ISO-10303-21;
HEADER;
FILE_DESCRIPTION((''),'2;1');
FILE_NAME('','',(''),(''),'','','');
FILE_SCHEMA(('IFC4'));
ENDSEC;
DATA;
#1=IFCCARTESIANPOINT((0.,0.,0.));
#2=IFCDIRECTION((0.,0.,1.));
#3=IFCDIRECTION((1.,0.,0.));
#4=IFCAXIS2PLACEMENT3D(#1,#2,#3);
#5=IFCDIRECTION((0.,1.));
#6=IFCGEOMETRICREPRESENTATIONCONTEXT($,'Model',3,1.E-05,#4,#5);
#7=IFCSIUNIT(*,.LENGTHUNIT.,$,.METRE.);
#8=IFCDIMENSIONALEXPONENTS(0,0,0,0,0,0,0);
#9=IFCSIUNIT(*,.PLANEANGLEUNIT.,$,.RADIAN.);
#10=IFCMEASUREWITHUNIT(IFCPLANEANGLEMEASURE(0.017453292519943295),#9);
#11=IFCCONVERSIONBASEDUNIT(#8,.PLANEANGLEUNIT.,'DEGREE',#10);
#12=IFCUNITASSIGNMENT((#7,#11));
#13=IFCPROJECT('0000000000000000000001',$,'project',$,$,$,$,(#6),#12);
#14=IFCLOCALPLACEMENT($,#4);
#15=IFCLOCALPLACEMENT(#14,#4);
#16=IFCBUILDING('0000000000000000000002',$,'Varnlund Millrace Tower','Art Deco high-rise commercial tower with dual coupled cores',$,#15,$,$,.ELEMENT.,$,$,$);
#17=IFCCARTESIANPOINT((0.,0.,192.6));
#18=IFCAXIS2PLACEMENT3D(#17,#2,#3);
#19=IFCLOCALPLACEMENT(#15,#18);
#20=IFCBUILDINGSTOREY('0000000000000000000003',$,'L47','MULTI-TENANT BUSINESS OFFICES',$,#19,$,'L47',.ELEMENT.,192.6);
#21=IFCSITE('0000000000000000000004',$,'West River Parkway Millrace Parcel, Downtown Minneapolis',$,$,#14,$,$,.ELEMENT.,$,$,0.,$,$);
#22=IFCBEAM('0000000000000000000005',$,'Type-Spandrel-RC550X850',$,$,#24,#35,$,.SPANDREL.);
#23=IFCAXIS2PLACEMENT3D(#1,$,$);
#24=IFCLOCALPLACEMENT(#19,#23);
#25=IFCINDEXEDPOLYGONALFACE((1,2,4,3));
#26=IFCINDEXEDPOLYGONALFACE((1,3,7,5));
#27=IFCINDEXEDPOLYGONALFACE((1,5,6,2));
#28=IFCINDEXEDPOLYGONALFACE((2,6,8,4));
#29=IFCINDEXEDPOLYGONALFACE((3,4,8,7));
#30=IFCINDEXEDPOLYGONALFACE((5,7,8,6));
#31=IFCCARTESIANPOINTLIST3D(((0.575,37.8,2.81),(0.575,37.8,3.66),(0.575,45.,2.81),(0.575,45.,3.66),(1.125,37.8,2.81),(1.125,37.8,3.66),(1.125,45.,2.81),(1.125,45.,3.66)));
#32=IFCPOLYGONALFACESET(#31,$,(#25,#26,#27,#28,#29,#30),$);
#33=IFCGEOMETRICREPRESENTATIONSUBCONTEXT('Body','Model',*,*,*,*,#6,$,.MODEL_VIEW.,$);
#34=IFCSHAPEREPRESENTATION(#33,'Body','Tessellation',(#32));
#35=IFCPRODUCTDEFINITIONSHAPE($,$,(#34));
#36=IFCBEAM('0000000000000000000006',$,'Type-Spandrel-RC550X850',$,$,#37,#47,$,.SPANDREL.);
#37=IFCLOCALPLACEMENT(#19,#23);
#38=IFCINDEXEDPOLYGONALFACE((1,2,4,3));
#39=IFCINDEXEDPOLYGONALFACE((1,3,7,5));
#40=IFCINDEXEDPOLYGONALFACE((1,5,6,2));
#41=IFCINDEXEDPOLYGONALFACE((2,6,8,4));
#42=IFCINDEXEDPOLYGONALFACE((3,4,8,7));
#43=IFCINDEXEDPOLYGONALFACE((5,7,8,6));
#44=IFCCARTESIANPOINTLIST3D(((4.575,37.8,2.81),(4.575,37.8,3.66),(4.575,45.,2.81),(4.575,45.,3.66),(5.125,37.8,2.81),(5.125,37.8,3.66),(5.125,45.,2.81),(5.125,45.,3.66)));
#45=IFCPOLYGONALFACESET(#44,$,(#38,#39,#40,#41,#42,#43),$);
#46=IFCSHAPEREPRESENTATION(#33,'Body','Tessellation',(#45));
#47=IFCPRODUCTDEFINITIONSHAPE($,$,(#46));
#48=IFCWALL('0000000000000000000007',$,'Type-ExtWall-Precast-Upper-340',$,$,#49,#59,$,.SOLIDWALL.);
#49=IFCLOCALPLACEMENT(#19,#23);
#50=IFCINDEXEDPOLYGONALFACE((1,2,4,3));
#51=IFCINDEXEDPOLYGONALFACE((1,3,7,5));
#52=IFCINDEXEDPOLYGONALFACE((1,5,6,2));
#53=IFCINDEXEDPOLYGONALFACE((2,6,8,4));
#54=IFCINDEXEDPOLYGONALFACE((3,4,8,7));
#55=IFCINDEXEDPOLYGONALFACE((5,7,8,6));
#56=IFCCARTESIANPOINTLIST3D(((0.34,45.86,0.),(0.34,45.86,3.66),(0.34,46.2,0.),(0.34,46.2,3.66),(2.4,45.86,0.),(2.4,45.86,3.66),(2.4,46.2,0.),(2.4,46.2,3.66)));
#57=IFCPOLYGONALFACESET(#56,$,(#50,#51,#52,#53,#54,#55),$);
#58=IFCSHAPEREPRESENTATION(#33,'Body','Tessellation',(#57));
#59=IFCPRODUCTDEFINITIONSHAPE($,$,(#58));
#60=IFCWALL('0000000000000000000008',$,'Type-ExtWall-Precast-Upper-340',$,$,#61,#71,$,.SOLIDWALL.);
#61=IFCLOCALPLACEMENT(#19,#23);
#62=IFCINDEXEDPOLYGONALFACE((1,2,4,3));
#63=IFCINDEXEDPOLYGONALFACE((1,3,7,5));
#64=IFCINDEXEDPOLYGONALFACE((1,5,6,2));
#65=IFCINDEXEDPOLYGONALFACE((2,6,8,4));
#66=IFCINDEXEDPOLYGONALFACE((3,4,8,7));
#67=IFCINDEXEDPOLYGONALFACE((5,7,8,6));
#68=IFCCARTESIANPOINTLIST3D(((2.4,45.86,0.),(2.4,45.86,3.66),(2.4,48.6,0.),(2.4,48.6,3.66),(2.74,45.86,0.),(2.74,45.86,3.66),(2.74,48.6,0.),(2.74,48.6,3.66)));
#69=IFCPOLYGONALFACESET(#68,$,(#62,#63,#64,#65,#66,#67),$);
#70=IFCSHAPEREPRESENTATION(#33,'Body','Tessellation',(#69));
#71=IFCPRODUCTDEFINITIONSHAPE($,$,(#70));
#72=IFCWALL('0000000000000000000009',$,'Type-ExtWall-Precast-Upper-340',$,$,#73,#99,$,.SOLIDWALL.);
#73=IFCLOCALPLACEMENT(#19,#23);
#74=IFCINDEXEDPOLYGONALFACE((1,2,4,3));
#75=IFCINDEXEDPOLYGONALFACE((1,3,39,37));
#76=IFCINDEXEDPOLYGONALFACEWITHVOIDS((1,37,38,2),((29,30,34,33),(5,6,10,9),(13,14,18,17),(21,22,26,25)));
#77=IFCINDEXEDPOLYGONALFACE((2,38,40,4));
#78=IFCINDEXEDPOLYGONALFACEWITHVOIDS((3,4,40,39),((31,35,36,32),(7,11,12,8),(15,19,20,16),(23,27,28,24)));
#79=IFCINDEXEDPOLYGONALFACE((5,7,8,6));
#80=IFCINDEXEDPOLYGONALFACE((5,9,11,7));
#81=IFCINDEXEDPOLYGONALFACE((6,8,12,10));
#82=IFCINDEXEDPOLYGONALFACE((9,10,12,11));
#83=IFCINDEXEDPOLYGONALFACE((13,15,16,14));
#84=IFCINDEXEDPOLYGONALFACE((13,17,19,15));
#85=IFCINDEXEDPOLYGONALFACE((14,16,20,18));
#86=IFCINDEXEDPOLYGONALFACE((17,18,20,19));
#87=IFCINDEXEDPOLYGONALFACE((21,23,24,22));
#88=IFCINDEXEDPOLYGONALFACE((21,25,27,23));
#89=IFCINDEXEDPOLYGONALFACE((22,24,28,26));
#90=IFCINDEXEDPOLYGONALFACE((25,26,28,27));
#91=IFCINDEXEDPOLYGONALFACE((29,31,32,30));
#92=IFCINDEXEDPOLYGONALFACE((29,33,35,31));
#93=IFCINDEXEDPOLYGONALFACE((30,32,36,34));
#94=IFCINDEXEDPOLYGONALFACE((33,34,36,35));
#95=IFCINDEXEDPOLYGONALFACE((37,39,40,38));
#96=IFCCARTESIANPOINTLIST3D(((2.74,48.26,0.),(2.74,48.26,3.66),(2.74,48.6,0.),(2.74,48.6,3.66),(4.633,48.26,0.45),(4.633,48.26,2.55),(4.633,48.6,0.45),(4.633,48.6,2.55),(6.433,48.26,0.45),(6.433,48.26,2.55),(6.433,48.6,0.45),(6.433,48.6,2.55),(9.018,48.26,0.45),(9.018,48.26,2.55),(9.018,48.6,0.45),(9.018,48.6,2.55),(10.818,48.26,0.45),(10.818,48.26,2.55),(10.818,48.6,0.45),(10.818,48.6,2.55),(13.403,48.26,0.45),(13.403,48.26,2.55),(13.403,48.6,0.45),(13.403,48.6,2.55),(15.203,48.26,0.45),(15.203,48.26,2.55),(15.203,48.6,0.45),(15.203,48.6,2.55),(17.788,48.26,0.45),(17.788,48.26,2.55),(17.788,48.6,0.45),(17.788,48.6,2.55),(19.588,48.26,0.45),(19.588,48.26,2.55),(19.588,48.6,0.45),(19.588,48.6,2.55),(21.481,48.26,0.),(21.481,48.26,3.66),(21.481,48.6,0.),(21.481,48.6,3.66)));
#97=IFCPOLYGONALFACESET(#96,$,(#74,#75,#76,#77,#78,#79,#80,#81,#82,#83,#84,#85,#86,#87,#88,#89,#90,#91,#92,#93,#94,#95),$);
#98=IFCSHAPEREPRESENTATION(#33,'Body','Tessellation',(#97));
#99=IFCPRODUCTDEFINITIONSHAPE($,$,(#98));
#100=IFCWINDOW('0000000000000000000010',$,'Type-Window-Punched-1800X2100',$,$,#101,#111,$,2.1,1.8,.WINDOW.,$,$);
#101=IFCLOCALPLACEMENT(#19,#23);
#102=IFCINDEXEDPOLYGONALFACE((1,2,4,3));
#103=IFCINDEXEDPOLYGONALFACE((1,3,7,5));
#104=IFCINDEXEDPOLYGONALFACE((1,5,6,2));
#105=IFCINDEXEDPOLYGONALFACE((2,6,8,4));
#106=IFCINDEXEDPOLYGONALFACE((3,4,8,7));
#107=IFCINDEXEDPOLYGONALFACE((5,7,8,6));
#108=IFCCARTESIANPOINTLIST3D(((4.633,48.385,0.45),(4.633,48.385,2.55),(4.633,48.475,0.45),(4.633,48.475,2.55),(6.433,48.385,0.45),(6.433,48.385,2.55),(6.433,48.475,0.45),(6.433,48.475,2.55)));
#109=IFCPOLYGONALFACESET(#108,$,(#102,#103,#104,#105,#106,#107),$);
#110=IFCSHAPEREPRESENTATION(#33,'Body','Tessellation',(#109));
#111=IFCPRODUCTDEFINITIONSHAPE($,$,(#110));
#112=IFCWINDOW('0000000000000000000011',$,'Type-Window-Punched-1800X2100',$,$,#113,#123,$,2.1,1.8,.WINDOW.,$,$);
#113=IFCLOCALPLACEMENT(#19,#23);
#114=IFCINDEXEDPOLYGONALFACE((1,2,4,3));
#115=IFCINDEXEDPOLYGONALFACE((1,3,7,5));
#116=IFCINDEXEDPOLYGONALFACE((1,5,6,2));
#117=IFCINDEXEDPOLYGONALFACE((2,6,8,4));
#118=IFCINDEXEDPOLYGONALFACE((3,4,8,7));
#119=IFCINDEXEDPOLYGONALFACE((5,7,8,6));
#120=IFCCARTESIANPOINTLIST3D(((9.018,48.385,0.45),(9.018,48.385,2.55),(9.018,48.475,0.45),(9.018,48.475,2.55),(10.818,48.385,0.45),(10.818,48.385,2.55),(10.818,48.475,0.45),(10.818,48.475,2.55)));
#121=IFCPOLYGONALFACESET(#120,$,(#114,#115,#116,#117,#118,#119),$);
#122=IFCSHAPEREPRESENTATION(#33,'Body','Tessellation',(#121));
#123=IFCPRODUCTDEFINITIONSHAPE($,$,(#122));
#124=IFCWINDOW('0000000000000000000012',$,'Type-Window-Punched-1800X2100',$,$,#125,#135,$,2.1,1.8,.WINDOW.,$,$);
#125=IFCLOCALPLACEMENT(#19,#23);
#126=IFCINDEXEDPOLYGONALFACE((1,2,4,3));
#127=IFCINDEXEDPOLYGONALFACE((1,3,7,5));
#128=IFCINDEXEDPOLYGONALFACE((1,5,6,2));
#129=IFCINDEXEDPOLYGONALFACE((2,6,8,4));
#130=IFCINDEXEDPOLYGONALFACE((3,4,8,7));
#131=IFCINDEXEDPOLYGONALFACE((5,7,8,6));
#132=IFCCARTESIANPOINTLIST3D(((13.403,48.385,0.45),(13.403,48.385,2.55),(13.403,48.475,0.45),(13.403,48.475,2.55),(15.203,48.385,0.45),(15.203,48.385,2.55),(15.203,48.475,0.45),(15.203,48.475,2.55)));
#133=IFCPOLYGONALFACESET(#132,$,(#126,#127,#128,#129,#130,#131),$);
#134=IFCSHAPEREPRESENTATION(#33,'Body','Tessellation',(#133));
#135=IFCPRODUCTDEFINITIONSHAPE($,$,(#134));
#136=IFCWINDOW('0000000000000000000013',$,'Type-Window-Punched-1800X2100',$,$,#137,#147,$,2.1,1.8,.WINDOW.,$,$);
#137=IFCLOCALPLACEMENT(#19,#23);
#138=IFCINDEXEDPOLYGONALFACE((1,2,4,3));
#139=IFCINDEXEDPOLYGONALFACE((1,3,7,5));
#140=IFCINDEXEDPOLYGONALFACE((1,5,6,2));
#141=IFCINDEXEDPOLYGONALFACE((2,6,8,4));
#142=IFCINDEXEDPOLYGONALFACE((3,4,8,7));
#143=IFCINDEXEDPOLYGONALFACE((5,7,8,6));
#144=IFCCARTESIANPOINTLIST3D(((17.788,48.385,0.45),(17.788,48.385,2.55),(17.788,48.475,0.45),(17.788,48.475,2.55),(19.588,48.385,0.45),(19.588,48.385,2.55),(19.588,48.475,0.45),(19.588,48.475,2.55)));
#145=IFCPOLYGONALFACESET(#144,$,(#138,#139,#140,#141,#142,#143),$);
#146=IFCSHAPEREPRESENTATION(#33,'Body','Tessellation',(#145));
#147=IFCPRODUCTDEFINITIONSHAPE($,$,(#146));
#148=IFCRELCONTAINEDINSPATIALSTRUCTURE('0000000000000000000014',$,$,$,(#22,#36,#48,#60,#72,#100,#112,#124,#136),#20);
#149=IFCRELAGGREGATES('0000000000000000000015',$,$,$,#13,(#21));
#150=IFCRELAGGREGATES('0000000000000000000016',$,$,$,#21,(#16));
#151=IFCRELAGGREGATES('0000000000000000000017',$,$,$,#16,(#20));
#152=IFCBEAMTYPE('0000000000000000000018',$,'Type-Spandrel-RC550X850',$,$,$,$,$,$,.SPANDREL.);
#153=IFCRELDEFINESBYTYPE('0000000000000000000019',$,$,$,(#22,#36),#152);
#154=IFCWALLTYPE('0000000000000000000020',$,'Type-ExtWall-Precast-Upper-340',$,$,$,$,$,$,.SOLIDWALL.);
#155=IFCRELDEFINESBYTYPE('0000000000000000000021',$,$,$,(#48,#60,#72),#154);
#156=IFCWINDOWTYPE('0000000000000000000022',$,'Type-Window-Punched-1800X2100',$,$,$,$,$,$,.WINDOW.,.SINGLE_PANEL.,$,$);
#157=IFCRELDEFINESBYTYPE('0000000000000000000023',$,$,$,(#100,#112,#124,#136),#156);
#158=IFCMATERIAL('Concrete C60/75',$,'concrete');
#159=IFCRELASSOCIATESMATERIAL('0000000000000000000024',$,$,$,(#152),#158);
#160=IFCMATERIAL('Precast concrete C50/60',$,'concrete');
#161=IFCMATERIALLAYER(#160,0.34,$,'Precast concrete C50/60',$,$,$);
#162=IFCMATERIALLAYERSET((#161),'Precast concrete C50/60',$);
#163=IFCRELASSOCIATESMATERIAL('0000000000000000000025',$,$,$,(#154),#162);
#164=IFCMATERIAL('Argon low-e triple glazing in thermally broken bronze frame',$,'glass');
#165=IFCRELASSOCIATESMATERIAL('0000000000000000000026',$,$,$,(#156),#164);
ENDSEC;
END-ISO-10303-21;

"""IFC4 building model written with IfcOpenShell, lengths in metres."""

from ifc_helpers import new_model, entity, si_unit, converted_unit, direction, frame, origin_with_axes, origin_2d_with_axis, place, context, subcontext, project, spatial, polyline, rectangle, outline, extrude, material, layer, layer_set, material_profile, profile_set, type_object, element, fill, save


model = new_model("IFC4")

# Units and contexts
model_context = context("Model", 3, precision=1e-05, world=origin_with_axes(), true_north=direction((0.0, 1.0)))
body_context = subcontext(model_context, "Body", "Model", "MODEL_VIEW")
ifc_project = project(units=[si_unit("LENGTHUNIT", "METRE"), converted_unit("PLANEANGLEUNIT", "DEGREE", entity("IfcPlaneAngleMeasure", 0.017453292519943295), si_unit("PLANEANGLEUNIT", "RADIAN"), dimensions=[0, 0, 0, 0, 0, 0, 0])], contexts=[model_context])

# Site, building, storey
site_placement = place(None, origin_with_axes())
site = spatial("IfcSite", under=ifc_project, at=site_placement, Name="West River Parkway Millrace Parcel, Downtown Minneapolis", CompositionType="ELEMENT", RefElevation=0.0)
building_placement = place(site_placement, origin_with_axes())
building = spatial("IfcBuilding", under=site, at=building_placement, Name="Varnlund Millrace Tower", Description="Art Deco high-rise commercial tower with dual coupled cores", CompositionType="ELEMENT")
storey_placement = place(building_placement, frame((0.0, 0.0, 192.6), z_axis=(0.0, 0.0, 1.0), x_axis=(1.0, 0.0, 0.0)))
storey = spatial("IfcBuildingStorey", under=building, at=storey_placement, Name="L47", Description="MULTI-TENANT BUSINESS OFFICES", LongName="L47", CompositionType="ELEMENT", Elevation=192.6)

# Beams
ifc_material_1 = material(Name="Concrete C60/75", Category="concrete")
ifc_material_profile_1 = material_profile(ifc_material_1, rectangle(XDim=0.55, YDim=0.85, at=origin_2d_with_axis()), Name="Concrete C60/75")
ifc_profile_set_1 = profile_set([ifc_material_profile_1], Name="Concrete C60/75")
beam_type_1 = type_object("IfcBeamType", Name="Type-Spandrel-RC550X850", PredefinedType="SPANDREL", material=ifc_profile_set_1)
for number, where, z_axis, x_axis, name in (
    (1, (0.85, 37.8, 3.235), (0.0, 1.0, 0.0), (-1.0, 0.0, 0.0), "Type-Spandrel-RC550X850"),
    (2, (4.85, 37.8, 3.235), (0.0, 1.0, 0.0), (-1.0, 0.0, 0.0), "Type-Spandrel-RC550X850"),
):
    element("IfcBeam", number, at=place(storey_placement, frame(where, z_axis=z_axis, x_axis=x_axis)), inside=storey, type_object=beam_type_1, Name=name, PredefinedType="SPANDREL", context=body_context, shape_type="SweptSolid", body=[
        extrude(rectangle(XDim=0.55, YDim=0.85, at=origin_2d_with_axis()), origin_with_axes(), (0.0, 0.0, 1.0), 7.2),
    ])

# Walls
ifc_material_2 = material(Name="Precast concrete C50/60", Category="concrete")
ifc_layer = layer(ifc_material_2, 0.34, Name="Precast concrete C50/60")
ifc_layer_set = layer_set([ifc_layer], Name="Precast concrete C50/60")
wall_type = type_object("IfcWallType", Name="Type-ExtWall-Precast-Upper-340", PredefinedType="SOLIDWALL", material=ifc_layer_set)
wall_1_placement = place(storey_placement, frame((0.34, 46.03, 0.0), z_axis=(0.0, 0.0, 1.0), x_axis=(1.0, 0.0, 0.0)))
element("IfcWall", 3, at=wall_1_placement, inside=storey, type_object=wall_type, Name="Type-ExtWall-Precast-Upper-340", PredefinedType="SOLIDWALL", context=body_context, shape_type="SweptSolid", body=[
    extrude(outline(polyline([(0.0, -0.17), (2.06, -0.17), (2.06, 0.17), (0.0, 0.17), (0.0, -0.17)])), origin_with_axes(), (0.0, 0.0, 1.0), 3.66),
])
wall_2_placement = place(storey_placement, frame((2.57, 45.86, 0.0), z_axis=(0.0, 0.0, 1.0), x_axis=(0.0, 1.0, 0.0)))
element("IfcWall", 4, at=wall_2_placement, inside=storey, type_object=wall_type, Name="Type-ExtWall-Precast-Upper-340", PredefinedType="SOLIDWALL", context=body_context, shape_type="SweptSolid", body=[
    extrude(outline(polyline([(0.0, -0.17), (2.74, -0.17), (2.74, 0.17), (0.0, 0.17), (0.0, -0.17)])), origin_with_axes(), (0.0, 0.0, 1.0), 3.66),
])

# Wall, openings, windows
wall_3_placement = place(storey_placement, frame((2.74, 48.43, 0.0), z_axis=(0.0, 0.0, 1.0), x_axis=(1.0, 0.0, 0.0)))
wall_3 = element("IfcWall", 5, at=wall_3_placement, inside=storey, type_object=wall_type, Name="Type-ExtWall-Precast-Upper-340", PredefinedType="SOLIDWALL", context=body_context, shape_type="SweptSolid", body=[
    extrude(outline(polyline([(0.0, -0.17), (18.741, -0.17), (18.741, 0.17), (0.0, 0.17), (0.0, -0.17)])), origin_with_axes(), (0.0, 0.0, 1.0), 3.66),
])
opening_1_placement = place(wall_3_placement, frame((2.793, 0.0, 0.45), z_axis=(0.0, 0.0, 1.0), x_axis=(1.0, 0.0, 0.0)))
opening_1 = element("IfcOpeningElement", 6, at=opening_1_placement, cuts=wall_3, PredefinedType="OPENING", context=body_context, shape_type="SweptSolid", body=[
    extrude(rectangle(XDim=1.8, YDim=0.36, at=origin_2d_with_axis()), origin_with_axes(), (0.0, 0.0, 1.0), 2.1),
])
opening_2_placement = place(wall_3_placement, frame((7.178, 0.0, 0.45), z_axis=(0.0, 0.0, 1.0), x_axis=(1.0, 0.0, 0.0)))
opening_2 = element("IfcOpeningElement", 7, at=opening_2_placement, cuts=wall_3, PredefinedType="OPENING", context=body_context, shape_type="SweptSolid", body=[
    extrude(rectangle(XDim=1.8, YDim=0.36, at=origin_2d_with_axis()), origin_with_axes(), (0.0, 0.0, 1.0), 2.1),
])
opening_3_placement = place(wall_3_placement, frame((11.563, 0.0, 0.45), z_axis=(0.0, 0.0, 1.0), x_axis=(1.0, 0.0, 0.0)))
opening_3 = element("IfcOpeningElement", 8, at=opening_3_placement, cuts=wall_3, PredefinedType="OPENING", context=body_context, shape_type="SweptSolid", body=[
    extrude(rectangle(XDim=1.8, YDim=0.36, at=origin_2d_with_axis()), origin_with_axes(), (0.0, 0.0, 1.0), 2.1),
])
opening_4_placement = place(wall_3_placement, frame((15.948, 0.0, 0.45), z_axis=(0.0, 0.0, 1.0), x_axis=(1.0, 0.0, 0.0)))
opening_4 = element("IfcOpeningElement", 9, at=opening_4_placement, cuts=wall_3, PredefinedType="OPENING", context=body_context, shape_type="SweptSolid", body=[
    extrude(rectangle(XDim=1.8, YDim=0.36, at=origin_2d_with_axis()), origin_with_axes(), (0.0, 0.0, 1.0), 2.1),
])
ifc_material_3 = material(Name="Argon low-e triple glazing in thermally broken bronze frame", Category="glass")
window_type = type_object("IfcWindowType", Name="Type-Window-Punched-1800X2100", PartitioningType="SINGLE_PANEL", PredefinedType="WINDOW", material=ifc_material_3)
window_1_placement = place(wall_3_placement, frame((2.793, 0.0, 0.45), z_axis=(0.0, 0.0, 1.0), x_axis=(1.0, 0.0, 0.0)))
window_1 = element("IfcWindow", 10, at=window_1_placement, inside=storey, type_object=window_type, Name="Type-Window-Punched-1800X2100", OverallHeight=2.1, OverallWidth=1.8, PredefinedType="WINDOW", context=body_context, shape_type="SweptSolid", body=[
    extrude(rectangle(XDim=1.8, YDim=0.09, at=origin_2d_with_axis()), origin_with_axes(), (0.0, 0.0, 1.0), 2.1),
])
fill(opening_1, window_1)
window_2_placement = place(wall_3_placement, frame((7.178, 0.0, 0.45), z_axis=(0.0, 0.0, 1.0), x_axis=(1.0, 0.0, 0.0)))
window_2 = element("IfcWindow", 11, at=window_2_placement, inside=storey, type_object=window_type, Name="Type-Window-Punched-1800X2100", OverallHeight=2.1, OverallWidth=1.8, PredefinedType="WINDOW", context=body_context, shape_type="SweptSolid", body=[
    extrude(rectangle(XDim=1.8, YDim=0.09, at=origin_2d_with_axis()), origin_with_axes(), (0.0, 0.0, 1.0), 2.1),
])
fill(opening_2, window_2)
window_3_placement = place(wall_3_placement, frame((11.563, 0.0, 0.45), z_axis=(0.0, 0.0, 1.0), x_axis=(1.0, 0.0, 0.0)))
window_3 = element("IfcWindow", 12, at=window_3_placement, inside=storey, type_object=window_type, Name="Type-Window-Punched-1800X2100", OverallHeight=2.1, OverallWidth=1.8, PredefinedType="WINDOW", context=body_context, shape_type="SweptSolid", body=[
    extrude(rectangle(XDim=1.8, YDim=0.09, at=origin_2d_with_axis()), origin_with_axes(), (0.0, 0.0, 1.0), 2.1),
])
fill(opening_3, window_3)
window_4_placement = place(wall_3_placement, frame((15.948, 0.0, 0.45), z_axis=(0.0, 0.0, 1.0), x_axis=(1.0, 0.0, 0.0)))
window_4 = element("IfcWindow", 13, at=window_4_placement, inside=storey, type_object=window_type, Name="Type-Window-Punched-1800X2100", OverallHeight=2.1, OverallWidth=1.8, PredefinedType="WINDOW", context=body_context, shape_type="SweptSolid", body=[
    extrude(rectangle(XDim=1.8, YDim=0.09, at=origin_2d_with_axis()), origin_with_axes(), (0.0, 0.0, 1.0), 2.1),
])
fill(opening_4, window_4)

save(model, "model.ifc")
